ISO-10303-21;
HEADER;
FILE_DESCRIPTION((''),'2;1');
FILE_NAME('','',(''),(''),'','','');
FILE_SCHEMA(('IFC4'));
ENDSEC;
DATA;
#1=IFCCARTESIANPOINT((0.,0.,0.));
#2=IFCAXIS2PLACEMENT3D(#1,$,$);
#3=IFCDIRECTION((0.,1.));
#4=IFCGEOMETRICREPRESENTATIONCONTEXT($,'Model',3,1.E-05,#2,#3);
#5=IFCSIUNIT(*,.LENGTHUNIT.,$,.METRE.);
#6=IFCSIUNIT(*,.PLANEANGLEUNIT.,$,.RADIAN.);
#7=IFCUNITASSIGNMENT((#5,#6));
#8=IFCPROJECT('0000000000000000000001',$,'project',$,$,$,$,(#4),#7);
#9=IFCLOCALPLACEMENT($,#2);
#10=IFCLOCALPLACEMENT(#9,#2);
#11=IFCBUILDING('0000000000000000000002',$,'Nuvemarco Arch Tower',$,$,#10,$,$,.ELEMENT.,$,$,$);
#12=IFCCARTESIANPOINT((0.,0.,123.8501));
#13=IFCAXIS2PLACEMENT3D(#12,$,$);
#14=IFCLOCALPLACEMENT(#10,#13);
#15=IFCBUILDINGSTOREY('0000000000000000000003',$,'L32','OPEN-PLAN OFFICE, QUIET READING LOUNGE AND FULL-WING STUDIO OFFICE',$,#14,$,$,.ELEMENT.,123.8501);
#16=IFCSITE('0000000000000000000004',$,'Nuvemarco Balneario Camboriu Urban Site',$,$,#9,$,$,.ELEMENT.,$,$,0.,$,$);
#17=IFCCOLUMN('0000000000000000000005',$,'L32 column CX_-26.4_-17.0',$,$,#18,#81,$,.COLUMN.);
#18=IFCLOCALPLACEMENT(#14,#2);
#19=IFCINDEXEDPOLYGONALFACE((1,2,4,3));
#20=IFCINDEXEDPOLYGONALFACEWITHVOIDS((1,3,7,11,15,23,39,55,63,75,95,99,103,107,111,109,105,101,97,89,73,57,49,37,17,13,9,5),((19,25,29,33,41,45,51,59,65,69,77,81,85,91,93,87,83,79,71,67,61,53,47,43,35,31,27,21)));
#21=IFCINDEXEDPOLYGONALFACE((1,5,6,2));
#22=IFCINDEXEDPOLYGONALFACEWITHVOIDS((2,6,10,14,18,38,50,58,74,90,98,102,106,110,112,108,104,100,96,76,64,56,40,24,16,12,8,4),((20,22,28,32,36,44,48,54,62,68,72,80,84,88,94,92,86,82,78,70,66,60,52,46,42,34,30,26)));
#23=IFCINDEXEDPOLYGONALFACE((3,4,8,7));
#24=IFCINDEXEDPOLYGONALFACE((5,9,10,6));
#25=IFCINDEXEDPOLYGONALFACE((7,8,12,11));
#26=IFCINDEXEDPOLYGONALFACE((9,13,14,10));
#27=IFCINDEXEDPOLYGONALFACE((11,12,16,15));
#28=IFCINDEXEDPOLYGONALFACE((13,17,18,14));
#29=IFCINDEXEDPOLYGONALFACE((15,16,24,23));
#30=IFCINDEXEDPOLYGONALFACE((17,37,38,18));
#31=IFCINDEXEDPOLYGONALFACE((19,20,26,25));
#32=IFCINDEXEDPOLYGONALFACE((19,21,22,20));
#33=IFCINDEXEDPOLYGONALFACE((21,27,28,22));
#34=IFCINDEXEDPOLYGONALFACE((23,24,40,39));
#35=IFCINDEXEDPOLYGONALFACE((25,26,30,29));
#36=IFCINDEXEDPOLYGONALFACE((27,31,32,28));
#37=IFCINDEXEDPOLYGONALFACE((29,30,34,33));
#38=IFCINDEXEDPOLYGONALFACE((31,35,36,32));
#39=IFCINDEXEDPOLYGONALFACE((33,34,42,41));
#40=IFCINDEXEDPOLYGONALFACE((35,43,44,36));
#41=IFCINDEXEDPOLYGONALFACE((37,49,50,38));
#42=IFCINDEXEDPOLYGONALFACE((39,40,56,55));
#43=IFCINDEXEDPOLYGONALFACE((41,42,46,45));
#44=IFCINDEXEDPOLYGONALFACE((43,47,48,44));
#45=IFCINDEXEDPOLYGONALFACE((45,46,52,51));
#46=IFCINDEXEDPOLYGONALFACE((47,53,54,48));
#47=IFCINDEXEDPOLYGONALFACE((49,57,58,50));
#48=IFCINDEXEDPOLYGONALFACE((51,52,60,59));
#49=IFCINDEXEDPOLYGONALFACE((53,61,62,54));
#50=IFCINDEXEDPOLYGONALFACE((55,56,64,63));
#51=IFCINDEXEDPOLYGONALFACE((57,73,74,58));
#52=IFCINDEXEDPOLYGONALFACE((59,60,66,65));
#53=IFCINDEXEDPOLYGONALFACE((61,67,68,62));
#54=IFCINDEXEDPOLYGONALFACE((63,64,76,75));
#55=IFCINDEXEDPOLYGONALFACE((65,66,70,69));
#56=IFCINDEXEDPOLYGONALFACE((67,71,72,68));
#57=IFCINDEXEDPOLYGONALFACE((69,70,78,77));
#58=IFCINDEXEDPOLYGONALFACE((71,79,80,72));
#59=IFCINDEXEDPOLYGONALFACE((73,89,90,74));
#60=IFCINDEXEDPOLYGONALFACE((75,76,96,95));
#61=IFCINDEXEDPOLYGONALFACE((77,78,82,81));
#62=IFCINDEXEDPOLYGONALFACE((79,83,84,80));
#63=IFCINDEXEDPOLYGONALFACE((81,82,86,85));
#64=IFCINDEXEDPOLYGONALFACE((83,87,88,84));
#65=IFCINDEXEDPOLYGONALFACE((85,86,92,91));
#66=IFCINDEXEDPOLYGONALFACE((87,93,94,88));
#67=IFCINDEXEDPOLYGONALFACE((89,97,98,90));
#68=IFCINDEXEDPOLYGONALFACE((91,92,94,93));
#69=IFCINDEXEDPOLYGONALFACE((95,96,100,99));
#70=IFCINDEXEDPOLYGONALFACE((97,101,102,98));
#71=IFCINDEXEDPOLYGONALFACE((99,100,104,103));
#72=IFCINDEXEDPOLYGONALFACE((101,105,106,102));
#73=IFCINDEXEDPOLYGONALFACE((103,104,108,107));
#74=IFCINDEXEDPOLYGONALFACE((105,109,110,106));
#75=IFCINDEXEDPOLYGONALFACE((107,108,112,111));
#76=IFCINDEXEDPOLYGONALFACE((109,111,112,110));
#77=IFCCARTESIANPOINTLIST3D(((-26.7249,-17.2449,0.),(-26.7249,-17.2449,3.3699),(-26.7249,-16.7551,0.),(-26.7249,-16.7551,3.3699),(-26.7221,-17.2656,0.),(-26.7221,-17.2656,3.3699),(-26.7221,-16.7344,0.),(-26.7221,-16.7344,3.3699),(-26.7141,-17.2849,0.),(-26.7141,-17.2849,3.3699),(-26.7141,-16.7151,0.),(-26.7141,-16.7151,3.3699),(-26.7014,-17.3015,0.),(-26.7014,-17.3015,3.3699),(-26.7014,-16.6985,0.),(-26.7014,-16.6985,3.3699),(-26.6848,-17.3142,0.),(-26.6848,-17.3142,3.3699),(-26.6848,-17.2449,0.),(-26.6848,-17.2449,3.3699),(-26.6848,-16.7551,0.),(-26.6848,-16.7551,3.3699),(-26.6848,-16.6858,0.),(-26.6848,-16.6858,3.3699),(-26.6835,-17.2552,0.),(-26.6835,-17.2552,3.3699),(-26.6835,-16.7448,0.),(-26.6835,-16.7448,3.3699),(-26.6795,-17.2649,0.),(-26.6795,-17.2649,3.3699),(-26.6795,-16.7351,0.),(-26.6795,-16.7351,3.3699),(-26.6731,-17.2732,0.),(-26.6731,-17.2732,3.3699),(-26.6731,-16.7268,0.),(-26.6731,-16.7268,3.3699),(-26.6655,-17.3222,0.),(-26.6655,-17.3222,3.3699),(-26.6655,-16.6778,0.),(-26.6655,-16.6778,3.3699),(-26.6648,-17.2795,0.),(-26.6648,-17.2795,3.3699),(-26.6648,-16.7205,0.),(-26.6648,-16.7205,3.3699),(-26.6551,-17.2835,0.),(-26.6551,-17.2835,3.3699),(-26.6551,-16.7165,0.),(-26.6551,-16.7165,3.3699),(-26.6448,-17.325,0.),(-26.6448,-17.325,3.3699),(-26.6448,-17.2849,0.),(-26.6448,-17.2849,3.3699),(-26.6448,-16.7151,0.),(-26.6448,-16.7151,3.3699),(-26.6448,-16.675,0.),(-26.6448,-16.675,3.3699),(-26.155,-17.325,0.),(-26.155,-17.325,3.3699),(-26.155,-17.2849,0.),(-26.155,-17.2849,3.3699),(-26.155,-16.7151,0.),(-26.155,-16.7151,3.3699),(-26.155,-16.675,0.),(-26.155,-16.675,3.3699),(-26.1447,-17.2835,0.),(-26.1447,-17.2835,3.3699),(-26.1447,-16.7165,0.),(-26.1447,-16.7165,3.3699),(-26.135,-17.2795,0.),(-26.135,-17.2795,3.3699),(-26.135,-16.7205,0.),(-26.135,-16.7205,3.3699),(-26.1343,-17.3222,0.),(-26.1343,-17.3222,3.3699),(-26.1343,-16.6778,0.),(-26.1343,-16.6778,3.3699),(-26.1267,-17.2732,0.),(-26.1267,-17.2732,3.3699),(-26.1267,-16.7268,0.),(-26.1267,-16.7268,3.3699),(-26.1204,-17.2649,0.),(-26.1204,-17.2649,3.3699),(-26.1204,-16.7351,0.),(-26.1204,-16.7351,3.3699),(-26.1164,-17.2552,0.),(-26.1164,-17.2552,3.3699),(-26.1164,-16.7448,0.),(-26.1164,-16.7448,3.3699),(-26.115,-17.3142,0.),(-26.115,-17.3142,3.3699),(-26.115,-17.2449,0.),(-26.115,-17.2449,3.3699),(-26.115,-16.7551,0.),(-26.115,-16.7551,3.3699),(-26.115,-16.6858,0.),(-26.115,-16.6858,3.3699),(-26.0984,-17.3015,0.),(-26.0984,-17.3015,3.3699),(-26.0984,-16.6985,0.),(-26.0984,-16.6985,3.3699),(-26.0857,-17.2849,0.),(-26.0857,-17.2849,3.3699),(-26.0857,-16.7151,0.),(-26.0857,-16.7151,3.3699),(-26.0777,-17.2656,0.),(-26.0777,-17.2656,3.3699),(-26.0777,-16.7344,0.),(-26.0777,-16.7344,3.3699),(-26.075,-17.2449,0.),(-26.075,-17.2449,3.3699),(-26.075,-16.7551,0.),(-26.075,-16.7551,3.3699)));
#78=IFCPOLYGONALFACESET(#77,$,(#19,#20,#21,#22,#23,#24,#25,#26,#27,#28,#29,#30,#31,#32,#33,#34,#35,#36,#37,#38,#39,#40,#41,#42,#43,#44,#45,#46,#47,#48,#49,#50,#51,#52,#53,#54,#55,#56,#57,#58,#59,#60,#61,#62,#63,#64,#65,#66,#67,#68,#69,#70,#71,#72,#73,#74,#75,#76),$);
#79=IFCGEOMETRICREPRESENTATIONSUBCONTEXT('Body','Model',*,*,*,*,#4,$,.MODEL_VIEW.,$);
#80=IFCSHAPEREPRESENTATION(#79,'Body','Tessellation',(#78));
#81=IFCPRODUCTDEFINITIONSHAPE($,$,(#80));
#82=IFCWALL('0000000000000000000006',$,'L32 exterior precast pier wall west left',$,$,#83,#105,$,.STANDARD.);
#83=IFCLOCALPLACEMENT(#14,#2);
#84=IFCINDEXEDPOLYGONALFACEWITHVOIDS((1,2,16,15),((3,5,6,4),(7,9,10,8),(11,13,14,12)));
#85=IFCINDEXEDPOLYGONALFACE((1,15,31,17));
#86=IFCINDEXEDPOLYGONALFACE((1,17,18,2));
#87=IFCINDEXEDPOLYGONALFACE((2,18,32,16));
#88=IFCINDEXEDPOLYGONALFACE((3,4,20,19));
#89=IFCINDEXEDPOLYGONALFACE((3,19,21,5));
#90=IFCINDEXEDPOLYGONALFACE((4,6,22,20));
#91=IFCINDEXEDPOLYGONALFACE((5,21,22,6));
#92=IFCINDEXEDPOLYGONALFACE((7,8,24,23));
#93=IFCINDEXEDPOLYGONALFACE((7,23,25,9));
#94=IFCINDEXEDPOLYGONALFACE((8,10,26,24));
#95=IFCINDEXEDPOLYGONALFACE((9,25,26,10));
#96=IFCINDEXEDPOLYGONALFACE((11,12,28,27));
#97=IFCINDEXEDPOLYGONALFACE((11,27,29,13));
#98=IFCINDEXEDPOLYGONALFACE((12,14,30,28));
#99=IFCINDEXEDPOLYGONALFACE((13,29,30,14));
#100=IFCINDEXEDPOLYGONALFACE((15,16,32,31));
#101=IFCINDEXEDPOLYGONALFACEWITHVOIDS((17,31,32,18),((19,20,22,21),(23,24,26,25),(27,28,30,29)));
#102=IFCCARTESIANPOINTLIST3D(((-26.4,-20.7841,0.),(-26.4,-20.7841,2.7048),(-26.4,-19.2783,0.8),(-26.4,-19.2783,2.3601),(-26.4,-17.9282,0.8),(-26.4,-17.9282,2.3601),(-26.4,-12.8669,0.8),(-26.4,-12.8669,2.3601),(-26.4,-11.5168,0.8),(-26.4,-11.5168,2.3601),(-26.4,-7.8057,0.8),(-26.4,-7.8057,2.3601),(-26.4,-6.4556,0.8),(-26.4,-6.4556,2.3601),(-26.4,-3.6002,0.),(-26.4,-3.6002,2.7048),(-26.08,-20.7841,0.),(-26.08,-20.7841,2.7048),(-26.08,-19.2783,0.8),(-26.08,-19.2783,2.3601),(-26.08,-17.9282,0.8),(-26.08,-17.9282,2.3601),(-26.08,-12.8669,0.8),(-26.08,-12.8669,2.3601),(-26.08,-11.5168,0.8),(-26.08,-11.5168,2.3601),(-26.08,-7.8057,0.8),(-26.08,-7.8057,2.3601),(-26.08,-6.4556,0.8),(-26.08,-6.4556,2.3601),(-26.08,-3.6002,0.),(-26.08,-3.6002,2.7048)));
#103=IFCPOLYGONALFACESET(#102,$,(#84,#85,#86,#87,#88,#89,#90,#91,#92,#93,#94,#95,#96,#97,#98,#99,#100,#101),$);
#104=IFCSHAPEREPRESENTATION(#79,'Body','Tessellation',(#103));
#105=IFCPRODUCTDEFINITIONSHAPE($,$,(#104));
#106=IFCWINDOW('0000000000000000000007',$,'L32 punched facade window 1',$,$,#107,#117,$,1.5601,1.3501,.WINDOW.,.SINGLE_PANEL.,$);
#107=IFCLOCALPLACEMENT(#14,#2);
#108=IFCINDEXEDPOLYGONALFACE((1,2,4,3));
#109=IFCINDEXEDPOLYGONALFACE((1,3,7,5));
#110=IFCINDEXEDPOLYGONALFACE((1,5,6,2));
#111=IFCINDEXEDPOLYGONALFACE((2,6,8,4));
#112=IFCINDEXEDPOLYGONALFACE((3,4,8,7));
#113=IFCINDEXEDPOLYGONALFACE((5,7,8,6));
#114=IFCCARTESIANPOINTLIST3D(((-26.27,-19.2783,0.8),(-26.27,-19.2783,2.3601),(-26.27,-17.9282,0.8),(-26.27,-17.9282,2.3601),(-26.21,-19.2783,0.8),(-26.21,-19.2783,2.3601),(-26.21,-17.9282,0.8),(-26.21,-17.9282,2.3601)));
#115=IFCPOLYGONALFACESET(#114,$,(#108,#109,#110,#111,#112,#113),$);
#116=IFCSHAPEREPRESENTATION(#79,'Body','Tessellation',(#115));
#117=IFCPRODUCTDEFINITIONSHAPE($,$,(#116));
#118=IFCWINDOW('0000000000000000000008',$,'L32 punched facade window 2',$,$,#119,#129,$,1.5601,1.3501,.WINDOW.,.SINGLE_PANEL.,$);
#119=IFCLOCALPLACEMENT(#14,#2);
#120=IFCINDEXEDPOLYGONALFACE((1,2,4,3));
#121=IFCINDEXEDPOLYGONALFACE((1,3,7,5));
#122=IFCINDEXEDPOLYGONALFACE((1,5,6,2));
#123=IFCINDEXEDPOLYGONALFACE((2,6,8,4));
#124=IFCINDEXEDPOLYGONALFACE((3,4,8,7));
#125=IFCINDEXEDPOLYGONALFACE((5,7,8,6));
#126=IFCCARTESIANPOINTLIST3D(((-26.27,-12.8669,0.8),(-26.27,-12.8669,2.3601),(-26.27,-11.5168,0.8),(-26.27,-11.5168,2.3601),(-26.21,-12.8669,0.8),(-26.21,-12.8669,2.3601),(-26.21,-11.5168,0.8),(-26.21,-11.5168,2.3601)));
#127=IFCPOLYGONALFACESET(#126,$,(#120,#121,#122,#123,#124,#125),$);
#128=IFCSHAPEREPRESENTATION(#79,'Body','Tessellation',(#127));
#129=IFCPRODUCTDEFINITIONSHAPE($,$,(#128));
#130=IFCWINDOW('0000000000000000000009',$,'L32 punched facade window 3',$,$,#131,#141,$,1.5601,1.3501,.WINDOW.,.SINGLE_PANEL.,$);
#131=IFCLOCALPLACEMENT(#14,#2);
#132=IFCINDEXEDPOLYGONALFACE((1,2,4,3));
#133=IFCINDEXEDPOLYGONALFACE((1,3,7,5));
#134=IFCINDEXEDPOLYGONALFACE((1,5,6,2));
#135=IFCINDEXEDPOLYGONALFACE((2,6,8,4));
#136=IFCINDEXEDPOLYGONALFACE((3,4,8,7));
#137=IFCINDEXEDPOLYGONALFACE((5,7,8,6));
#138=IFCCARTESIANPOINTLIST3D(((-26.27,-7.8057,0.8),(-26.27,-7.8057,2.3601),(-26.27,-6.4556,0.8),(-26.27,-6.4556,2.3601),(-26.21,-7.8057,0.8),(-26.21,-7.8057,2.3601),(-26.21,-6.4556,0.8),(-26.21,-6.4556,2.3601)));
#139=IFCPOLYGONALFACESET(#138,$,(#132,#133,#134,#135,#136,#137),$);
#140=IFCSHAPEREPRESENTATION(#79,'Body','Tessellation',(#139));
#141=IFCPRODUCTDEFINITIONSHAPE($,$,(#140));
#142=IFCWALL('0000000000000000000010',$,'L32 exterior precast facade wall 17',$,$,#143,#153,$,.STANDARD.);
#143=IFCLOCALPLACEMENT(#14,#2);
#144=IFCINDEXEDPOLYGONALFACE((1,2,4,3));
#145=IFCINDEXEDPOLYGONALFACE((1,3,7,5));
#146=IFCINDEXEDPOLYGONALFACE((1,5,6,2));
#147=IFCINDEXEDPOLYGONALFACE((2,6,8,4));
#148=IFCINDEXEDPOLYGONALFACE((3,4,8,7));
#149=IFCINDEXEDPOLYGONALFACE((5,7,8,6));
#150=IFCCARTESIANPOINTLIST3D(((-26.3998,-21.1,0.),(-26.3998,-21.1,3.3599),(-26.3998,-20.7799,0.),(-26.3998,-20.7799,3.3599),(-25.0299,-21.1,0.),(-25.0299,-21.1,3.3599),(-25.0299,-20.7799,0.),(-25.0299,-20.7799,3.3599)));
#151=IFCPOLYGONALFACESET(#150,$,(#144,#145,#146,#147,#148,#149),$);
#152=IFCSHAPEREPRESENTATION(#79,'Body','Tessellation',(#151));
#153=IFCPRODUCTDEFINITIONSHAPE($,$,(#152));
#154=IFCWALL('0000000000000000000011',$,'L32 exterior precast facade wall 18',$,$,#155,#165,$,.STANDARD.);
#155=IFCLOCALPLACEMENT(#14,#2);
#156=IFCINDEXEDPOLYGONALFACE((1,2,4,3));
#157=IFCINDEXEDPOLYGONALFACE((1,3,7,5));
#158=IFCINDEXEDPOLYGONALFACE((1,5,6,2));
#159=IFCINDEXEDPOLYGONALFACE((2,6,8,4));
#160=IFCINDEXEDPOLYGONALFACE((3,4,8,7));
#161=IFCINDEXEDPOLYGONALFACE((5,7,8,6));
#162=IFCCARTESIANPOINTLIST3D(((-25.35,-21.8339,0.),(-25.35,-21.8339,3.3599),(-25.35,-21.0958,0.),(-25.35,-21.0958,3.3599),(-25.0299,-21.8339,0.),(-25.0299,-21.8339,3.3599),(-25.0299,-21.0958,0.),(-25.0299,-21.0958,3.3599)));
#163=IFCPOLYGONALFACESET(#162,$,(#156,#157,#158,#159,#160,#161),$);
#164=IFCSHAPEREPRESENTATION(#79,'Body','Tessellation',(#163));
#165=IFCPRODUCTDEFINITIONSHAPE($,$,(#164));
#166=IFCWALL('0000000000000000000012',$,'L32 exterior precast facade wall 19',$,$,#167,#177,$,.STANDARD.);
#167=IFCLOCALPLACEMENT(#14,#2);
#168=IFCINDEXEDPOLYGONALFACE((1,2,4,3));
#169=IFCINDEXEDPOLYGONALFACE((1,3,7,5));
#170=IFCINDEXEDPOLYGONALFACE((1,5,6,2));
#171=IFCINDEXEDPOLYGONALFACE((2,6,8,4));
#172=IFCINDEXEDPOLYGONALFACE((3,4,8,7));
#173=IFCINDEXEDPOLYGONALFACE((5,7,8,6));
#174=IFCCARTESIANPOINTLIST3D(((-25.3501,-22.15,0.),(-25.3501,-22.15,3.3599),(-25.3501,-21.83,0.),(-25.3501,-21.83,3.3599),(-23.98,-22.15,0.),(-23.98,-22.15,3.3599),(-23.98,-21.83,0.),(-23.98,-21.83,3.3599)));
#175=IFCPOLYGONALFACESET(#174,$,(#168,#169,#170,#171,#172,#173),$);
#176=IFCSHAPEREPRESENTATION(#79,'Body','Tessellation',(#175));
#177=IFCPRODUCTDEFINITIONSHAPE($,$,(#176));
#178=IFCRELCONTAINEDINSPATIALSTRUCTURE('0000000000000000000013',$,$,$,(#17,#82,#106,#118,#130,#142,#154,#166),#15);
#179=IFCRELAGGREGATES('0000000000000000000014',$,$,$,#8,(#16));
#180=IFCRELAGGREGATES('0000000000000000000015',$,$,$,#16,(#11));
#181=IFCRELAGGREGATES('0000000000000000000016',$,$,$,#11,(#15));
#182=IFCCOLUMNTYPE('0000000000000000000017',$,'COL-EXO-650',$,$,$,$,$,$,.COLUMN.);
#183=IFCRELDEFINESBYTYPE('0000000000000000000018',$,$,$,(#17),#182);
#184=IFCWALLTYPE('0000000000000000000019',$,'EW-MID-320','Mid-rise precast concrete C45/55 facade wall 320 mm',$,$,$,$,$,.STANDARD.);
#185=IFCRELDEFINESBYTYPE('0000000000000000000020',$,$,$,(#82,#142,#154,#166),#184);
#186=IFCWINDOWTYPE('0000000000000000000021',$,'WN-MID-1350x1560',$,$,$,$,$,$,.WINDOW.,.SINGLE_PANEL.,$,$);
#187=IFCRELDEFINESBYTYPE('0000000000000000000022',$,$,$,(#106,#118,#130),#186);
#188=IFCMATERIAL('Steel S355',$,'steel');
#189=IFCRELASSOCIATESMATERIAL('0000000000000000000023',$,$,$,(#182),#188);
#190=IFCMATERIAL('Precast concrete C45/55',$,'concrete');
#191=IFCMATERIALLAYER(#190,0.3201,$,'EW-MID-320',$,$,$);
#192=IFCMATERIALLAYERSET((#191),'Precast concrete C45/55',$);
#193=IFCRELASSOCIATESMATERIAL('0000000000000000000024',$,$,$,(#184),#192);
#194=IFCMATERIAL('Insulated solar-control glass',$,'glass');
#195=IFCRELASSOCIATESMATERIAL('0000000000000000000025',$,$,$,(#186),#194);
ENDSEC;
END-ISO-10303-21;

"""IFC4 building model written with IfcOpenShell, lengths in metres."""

from ifc_helpers import new_model, si_unit, direction, frame, frame_2d, origin, origin_2d, place, context, subcontext, project, spatial, rectangle, hollow_rectangle, extrude, source, transform, mapped, material, layer, layer_set, material_profile, profile_set, type_object, type_shapes, element, fill, save


model = new_model("IFC4")

# Units and contexts
model_context = context("Model", 3, precision=1e-05, world=origin(), true_north=direction((0.0, 1.0)))
body_context = subcontext(model_context, "Body", "Model", "MODEL_VIEW")
ifc_project = project(units=[si_unit("LENGTHUNIT", "METRE"), si_unit("PLANEANGLEUNIT", "RADIAN")], contexts=[model_context])

# Site, building, storey
site_placement = place(None, origin())
site = spatial("IfcSite", under=ifc_project, at=site_placement, Name="Nuvemarco Balneario Camboriu Urban Site", CompositionType="ELEMENT", RefElevation=0.0)
building_placement = place(site_placement, origin())
building = spatial("IfcBuilding", under=site, at=building_placement, Name="Nuvemarco Arch Tower", CompositionType="ELEMENT")
storey_placement = place(building_placement, frame((0.0, 0.0, 123.8501)))
storey = spatial("IfcBuildingStorey", under=building, at=storey_placement, Name="L32", Description="OPEN-PLAN OFFICE, QUIET READING LOUNGE AND FULL-WING STUDIO OFFICE", CompositionType="ELEMENT", Elevation=123.8501)

# Column
ifc_material_1 = material(Name="Steel S355", Category="steel")
ifc_material_profile = material_profile(ifc_material_1, hollow_rectangle(XDim=0.6499, YDim=0.6499, WallThickness=0.04, InnerFilletRadius=0.04, OuterFilletRadius=0.0801, at=origin_2d()), Name="SHS650x650x40")
ifc_profile_set = profile_set([ifc_material_profile], Name="Steel S355")
column_type = type_object("IfcColumnType", Name="COL-EXO-650", PredefinedType="COLUMN", material=ifc_profile_set)
column_placement = place(storey_placement, frame((-26.3999, -17.0, 0.0), z_axis=(0.0, 0.0, 1.0), x_axis=(1.0, 0.0, 0.0)))
element("IfcColumn", 1, at=column_placement, inside=storey, type_object=column_type, Name="L32 column CX_-26.4_-17.0", PredefinedType="COLUMN", context=body_context, shape_type="SweptSolid", body=[
    extrude(hollow_rectangle(XDim=0.6499, YDim=0.6499, WallThickness=0.04, InnerFilletRadius=0.04, OuterFilletRadius=0.0801, at=origin_2d()), origin(), (0.0, 0.0, 1.0), 3.3699),
])

# Shared definitions
ifc_material_2 = material(Name="Precast concrete C45/55", Category="concrete")
ifc_layer = layer(ifc_material_2, 0.3201, Name="EW-MID-320")
ifc_layer_set = layer_set([ifc_layer], Name="Precast concrete C45/55")
wall_type = type_object("IfcWallType", Name="EW-MID-320", Description="Mid-rise precast concrete C45/55 facade wall 320 mm", PredefinedType="STANDARD", material=ifc_layer_set)
ifc_material_3 = material(Name="Insulated solar-control glass", Category="glass")

# Wall, openings, windows
wall_1_placement = place(storey_placement, frame((-26.24, -20.7839, 0.0), z_axis=(0.0, 0.0, 1.0), x_axis=(0.0, 1.0, 0.0)))
wall_1 = element("IfcWall", 2, at=wall_1_placement, inside=storey, type_object=wall_type, Name="L32 exterior precast pier wall west left", PredefinedType="STANDARD", context=body_context, shape_type="SweptSolid", body=[
    extrude(rectangle(XDim=17.1838, YDim=0.3201, at=frame_2d((8.5918, 0.0))), origin(), (0.0, 0.0, 1.0), 2.7048),
])
opening_1_placement = place(wall_1_placement, frame((1.5056, 0.0, 0.8)))
opening_1 = element("IfcOpeningElement", 3, at=opening_1_placement, cuts=wall_1, PredefinedType="OPENING", context=body_context, shape_type="SweptSolid", body=[
    extrude(rectangle(XDim=1.3501, YDim=1.5601, at=frame_2d((0.675, 0.78))), frame((0.0, 0.1699, 0.0), z_axis=(0.0, -1.0, 0.0), x_axis=(1.0, 0.0, 0.0)), (0.0, 0.0, 1.0), 0.3401),
])
opening_2_placement = place(wall_1_placement, frame((7.917, 0.0, 0.8)))
opening_2 = element("IfcOpeningElement", 4, at=opening_2_placement, cuts=wall_1, PredefinedType="OPENING", context=body_context, shape_type="SweptSolid", body=[
    extrude(rectangle(XDim=1.3501, YDim=1.5601, at=frame_2d((0.675, 0.78))), frame((0.0, 0.1699, 0.0), z_axis=(0.0, -1.0, 0.0), x_axis=(1.0, 0.0, 0.0)), (0.0, 0.0, 1.0), 0.3401),
])
opening_3_placement = place(wall_1_placement, frame((12.9783, 0.0, 0.8)))
opening_3 = element("IfcOpeningElement", 5, at=opening_3_placement, cuts=wall_1, PredefinedType="OPENING", context=body_context, shape_type="SweptSolid", body=[
    extrude(rectangle(XDim=1.3501, YDim=1.5601, at=frame_2d((0.675, 0.78))), frame((0.0, 0.1699, 0.0), z_axis=(0.0, -1.0, 0.0), x_axis=(1.0, 0.0, 0.0)), (0.0, 0.0, 1.0), 0.3401),
])
window_type_1 = type_object("IfcWindowType", Name="WN-MID-1350x1560", PartitioningType="SINGLE_PANEL", PredefinedType="WINDOW", material=ifc_material_3)
shared_shape_1 = source(origin(), body_context, "Body", "SweptSolid", [
    extrude(rectangle(XDim=1.3501, YDim=1.5601, at=frame_2d((0.675, 0.78))), frame((0.0, 0.03, 0.0), z_axis=(0.0, -1.0, 0.0), x_axis=(1.0, 0.0, 0.0)), (0.0, 0.0, 1.0), 0.0601),
])
type_shapes(window_type_1, [shared_shape_1])
window_1_placement = place(opening_1_placement, origin())
window_1 = element("IfcWindow", 6, at=window_1_placement, inside=storey, type_object=window_type_1, Name="L32 punched facade window 1", OverallHeight=1.5601, OverallWidth=1.3501, PartitioningType="SINGLE_PANEL", PredefinedType="WINDOW", context=body_context, shape_type="MappedRepresentation", body=[
    mapped(shared_shape_1, transform((0.0, 0.0, 0.0), scale=1.0)),
])
fill(opening_1, window_1)
window_2_placement = place(opening_2_placement, origin())
window_2 = element("IfcWindow", 7, at=window_2_placement, inside=storey, type_object=window_type_1, Name="L32 punched facade window 2", OverallHeight=1.5601, OverallWidth=1.3501, PartitioningType="SINGLE_PANEL", PredefinedType="WINDOW", context=body_context, shape_type="MappedRepresentation", body=[
    mapped(shared_shape_1, transform((0.0, 0.0, 0.0), scale=1.0)),
])
fill(opening_2, window_2)
window_3_placement = place(opening_3_placement, origin())
window_3 = element("IfcWindow", 8, at=window_3_placement, inside=storey, type_object=window_type_1, Name="L32 punched facade window 3", OverallHeight=1.5601, OverallWidth=1.3501, PartitioningType="SINGLE_PANEL", PredefinedType="WINDOW", context=body_context, shape_type="MappedRepresentation", body=[
    mapped(shared_shape_1, transform((0.0, 0.0, 0.0), scale=1.0)),
])
fill(opening_3, window_3)

# Walls
wall_2_placement = place(storey_placement, frame((-26.3999, -20.9399, 0.0), z_axis=(0.0, 0.0, 1.0), x_axis=(1.0, 0.0, 0.0)))
element("IfcWall", 9, at=wall_2_placement, inside=storey, type_object=wall_type, Name="L32 exterior precast facade wall 17", PredefinedType="STANDARD", context=body_context, shape_type="SweptSolid", body=[
    extrude(rectangle(XDim=1.3699, YDim=0.3201, at=frame_2d((0.6851, 0.0))), origin(), (0.0, 0.0, 1.0), 3.3599),
])
wall_3_placement = place(storey_placement, frame((-25.1899, -21.834, 0.0), z_axis=(0.0, 0.0, 1.0), x_axis=(0.0, 1.0, 0.0)))
element("IfcWall", 10, at=wall_3_placement, inside=storey, type_object=wall_type, Name="L32 exterior precast facade wall 18", PredefinedType="STANDARD", context=body_context, shape_type="SweptSolid", body=[
    extrude(rectangle(XDim=0.738, YDim=0.3201, at=frame_2d((0.3691, 0.0))), origin(), (0.0, 0.0, 1.0), 3.3599),
])
wall_4_placement = place(storey_placement, frame((-25.3501, -21.99, 0.0), z_axis=(0.0, 0.0, 1.0), x_axis=(1.0, 0.0, 0.0)))
element("IfcWall", 11, at=wall_4_placement, inside=storey, type_object=wall_type, Name="L32 exterior precast facade wall 19", PredefinedType="STANDARD", context=body_context, shape_type="SweptSolid", body=[
    extrude(rectangle(XDim=1.3701, YDim=0.3201, at=frame_2d((0.6851, 0.0))), origin(), (0.0, 0.0, 1.0), 3.3599),
])

save(model, "model.ifc")
